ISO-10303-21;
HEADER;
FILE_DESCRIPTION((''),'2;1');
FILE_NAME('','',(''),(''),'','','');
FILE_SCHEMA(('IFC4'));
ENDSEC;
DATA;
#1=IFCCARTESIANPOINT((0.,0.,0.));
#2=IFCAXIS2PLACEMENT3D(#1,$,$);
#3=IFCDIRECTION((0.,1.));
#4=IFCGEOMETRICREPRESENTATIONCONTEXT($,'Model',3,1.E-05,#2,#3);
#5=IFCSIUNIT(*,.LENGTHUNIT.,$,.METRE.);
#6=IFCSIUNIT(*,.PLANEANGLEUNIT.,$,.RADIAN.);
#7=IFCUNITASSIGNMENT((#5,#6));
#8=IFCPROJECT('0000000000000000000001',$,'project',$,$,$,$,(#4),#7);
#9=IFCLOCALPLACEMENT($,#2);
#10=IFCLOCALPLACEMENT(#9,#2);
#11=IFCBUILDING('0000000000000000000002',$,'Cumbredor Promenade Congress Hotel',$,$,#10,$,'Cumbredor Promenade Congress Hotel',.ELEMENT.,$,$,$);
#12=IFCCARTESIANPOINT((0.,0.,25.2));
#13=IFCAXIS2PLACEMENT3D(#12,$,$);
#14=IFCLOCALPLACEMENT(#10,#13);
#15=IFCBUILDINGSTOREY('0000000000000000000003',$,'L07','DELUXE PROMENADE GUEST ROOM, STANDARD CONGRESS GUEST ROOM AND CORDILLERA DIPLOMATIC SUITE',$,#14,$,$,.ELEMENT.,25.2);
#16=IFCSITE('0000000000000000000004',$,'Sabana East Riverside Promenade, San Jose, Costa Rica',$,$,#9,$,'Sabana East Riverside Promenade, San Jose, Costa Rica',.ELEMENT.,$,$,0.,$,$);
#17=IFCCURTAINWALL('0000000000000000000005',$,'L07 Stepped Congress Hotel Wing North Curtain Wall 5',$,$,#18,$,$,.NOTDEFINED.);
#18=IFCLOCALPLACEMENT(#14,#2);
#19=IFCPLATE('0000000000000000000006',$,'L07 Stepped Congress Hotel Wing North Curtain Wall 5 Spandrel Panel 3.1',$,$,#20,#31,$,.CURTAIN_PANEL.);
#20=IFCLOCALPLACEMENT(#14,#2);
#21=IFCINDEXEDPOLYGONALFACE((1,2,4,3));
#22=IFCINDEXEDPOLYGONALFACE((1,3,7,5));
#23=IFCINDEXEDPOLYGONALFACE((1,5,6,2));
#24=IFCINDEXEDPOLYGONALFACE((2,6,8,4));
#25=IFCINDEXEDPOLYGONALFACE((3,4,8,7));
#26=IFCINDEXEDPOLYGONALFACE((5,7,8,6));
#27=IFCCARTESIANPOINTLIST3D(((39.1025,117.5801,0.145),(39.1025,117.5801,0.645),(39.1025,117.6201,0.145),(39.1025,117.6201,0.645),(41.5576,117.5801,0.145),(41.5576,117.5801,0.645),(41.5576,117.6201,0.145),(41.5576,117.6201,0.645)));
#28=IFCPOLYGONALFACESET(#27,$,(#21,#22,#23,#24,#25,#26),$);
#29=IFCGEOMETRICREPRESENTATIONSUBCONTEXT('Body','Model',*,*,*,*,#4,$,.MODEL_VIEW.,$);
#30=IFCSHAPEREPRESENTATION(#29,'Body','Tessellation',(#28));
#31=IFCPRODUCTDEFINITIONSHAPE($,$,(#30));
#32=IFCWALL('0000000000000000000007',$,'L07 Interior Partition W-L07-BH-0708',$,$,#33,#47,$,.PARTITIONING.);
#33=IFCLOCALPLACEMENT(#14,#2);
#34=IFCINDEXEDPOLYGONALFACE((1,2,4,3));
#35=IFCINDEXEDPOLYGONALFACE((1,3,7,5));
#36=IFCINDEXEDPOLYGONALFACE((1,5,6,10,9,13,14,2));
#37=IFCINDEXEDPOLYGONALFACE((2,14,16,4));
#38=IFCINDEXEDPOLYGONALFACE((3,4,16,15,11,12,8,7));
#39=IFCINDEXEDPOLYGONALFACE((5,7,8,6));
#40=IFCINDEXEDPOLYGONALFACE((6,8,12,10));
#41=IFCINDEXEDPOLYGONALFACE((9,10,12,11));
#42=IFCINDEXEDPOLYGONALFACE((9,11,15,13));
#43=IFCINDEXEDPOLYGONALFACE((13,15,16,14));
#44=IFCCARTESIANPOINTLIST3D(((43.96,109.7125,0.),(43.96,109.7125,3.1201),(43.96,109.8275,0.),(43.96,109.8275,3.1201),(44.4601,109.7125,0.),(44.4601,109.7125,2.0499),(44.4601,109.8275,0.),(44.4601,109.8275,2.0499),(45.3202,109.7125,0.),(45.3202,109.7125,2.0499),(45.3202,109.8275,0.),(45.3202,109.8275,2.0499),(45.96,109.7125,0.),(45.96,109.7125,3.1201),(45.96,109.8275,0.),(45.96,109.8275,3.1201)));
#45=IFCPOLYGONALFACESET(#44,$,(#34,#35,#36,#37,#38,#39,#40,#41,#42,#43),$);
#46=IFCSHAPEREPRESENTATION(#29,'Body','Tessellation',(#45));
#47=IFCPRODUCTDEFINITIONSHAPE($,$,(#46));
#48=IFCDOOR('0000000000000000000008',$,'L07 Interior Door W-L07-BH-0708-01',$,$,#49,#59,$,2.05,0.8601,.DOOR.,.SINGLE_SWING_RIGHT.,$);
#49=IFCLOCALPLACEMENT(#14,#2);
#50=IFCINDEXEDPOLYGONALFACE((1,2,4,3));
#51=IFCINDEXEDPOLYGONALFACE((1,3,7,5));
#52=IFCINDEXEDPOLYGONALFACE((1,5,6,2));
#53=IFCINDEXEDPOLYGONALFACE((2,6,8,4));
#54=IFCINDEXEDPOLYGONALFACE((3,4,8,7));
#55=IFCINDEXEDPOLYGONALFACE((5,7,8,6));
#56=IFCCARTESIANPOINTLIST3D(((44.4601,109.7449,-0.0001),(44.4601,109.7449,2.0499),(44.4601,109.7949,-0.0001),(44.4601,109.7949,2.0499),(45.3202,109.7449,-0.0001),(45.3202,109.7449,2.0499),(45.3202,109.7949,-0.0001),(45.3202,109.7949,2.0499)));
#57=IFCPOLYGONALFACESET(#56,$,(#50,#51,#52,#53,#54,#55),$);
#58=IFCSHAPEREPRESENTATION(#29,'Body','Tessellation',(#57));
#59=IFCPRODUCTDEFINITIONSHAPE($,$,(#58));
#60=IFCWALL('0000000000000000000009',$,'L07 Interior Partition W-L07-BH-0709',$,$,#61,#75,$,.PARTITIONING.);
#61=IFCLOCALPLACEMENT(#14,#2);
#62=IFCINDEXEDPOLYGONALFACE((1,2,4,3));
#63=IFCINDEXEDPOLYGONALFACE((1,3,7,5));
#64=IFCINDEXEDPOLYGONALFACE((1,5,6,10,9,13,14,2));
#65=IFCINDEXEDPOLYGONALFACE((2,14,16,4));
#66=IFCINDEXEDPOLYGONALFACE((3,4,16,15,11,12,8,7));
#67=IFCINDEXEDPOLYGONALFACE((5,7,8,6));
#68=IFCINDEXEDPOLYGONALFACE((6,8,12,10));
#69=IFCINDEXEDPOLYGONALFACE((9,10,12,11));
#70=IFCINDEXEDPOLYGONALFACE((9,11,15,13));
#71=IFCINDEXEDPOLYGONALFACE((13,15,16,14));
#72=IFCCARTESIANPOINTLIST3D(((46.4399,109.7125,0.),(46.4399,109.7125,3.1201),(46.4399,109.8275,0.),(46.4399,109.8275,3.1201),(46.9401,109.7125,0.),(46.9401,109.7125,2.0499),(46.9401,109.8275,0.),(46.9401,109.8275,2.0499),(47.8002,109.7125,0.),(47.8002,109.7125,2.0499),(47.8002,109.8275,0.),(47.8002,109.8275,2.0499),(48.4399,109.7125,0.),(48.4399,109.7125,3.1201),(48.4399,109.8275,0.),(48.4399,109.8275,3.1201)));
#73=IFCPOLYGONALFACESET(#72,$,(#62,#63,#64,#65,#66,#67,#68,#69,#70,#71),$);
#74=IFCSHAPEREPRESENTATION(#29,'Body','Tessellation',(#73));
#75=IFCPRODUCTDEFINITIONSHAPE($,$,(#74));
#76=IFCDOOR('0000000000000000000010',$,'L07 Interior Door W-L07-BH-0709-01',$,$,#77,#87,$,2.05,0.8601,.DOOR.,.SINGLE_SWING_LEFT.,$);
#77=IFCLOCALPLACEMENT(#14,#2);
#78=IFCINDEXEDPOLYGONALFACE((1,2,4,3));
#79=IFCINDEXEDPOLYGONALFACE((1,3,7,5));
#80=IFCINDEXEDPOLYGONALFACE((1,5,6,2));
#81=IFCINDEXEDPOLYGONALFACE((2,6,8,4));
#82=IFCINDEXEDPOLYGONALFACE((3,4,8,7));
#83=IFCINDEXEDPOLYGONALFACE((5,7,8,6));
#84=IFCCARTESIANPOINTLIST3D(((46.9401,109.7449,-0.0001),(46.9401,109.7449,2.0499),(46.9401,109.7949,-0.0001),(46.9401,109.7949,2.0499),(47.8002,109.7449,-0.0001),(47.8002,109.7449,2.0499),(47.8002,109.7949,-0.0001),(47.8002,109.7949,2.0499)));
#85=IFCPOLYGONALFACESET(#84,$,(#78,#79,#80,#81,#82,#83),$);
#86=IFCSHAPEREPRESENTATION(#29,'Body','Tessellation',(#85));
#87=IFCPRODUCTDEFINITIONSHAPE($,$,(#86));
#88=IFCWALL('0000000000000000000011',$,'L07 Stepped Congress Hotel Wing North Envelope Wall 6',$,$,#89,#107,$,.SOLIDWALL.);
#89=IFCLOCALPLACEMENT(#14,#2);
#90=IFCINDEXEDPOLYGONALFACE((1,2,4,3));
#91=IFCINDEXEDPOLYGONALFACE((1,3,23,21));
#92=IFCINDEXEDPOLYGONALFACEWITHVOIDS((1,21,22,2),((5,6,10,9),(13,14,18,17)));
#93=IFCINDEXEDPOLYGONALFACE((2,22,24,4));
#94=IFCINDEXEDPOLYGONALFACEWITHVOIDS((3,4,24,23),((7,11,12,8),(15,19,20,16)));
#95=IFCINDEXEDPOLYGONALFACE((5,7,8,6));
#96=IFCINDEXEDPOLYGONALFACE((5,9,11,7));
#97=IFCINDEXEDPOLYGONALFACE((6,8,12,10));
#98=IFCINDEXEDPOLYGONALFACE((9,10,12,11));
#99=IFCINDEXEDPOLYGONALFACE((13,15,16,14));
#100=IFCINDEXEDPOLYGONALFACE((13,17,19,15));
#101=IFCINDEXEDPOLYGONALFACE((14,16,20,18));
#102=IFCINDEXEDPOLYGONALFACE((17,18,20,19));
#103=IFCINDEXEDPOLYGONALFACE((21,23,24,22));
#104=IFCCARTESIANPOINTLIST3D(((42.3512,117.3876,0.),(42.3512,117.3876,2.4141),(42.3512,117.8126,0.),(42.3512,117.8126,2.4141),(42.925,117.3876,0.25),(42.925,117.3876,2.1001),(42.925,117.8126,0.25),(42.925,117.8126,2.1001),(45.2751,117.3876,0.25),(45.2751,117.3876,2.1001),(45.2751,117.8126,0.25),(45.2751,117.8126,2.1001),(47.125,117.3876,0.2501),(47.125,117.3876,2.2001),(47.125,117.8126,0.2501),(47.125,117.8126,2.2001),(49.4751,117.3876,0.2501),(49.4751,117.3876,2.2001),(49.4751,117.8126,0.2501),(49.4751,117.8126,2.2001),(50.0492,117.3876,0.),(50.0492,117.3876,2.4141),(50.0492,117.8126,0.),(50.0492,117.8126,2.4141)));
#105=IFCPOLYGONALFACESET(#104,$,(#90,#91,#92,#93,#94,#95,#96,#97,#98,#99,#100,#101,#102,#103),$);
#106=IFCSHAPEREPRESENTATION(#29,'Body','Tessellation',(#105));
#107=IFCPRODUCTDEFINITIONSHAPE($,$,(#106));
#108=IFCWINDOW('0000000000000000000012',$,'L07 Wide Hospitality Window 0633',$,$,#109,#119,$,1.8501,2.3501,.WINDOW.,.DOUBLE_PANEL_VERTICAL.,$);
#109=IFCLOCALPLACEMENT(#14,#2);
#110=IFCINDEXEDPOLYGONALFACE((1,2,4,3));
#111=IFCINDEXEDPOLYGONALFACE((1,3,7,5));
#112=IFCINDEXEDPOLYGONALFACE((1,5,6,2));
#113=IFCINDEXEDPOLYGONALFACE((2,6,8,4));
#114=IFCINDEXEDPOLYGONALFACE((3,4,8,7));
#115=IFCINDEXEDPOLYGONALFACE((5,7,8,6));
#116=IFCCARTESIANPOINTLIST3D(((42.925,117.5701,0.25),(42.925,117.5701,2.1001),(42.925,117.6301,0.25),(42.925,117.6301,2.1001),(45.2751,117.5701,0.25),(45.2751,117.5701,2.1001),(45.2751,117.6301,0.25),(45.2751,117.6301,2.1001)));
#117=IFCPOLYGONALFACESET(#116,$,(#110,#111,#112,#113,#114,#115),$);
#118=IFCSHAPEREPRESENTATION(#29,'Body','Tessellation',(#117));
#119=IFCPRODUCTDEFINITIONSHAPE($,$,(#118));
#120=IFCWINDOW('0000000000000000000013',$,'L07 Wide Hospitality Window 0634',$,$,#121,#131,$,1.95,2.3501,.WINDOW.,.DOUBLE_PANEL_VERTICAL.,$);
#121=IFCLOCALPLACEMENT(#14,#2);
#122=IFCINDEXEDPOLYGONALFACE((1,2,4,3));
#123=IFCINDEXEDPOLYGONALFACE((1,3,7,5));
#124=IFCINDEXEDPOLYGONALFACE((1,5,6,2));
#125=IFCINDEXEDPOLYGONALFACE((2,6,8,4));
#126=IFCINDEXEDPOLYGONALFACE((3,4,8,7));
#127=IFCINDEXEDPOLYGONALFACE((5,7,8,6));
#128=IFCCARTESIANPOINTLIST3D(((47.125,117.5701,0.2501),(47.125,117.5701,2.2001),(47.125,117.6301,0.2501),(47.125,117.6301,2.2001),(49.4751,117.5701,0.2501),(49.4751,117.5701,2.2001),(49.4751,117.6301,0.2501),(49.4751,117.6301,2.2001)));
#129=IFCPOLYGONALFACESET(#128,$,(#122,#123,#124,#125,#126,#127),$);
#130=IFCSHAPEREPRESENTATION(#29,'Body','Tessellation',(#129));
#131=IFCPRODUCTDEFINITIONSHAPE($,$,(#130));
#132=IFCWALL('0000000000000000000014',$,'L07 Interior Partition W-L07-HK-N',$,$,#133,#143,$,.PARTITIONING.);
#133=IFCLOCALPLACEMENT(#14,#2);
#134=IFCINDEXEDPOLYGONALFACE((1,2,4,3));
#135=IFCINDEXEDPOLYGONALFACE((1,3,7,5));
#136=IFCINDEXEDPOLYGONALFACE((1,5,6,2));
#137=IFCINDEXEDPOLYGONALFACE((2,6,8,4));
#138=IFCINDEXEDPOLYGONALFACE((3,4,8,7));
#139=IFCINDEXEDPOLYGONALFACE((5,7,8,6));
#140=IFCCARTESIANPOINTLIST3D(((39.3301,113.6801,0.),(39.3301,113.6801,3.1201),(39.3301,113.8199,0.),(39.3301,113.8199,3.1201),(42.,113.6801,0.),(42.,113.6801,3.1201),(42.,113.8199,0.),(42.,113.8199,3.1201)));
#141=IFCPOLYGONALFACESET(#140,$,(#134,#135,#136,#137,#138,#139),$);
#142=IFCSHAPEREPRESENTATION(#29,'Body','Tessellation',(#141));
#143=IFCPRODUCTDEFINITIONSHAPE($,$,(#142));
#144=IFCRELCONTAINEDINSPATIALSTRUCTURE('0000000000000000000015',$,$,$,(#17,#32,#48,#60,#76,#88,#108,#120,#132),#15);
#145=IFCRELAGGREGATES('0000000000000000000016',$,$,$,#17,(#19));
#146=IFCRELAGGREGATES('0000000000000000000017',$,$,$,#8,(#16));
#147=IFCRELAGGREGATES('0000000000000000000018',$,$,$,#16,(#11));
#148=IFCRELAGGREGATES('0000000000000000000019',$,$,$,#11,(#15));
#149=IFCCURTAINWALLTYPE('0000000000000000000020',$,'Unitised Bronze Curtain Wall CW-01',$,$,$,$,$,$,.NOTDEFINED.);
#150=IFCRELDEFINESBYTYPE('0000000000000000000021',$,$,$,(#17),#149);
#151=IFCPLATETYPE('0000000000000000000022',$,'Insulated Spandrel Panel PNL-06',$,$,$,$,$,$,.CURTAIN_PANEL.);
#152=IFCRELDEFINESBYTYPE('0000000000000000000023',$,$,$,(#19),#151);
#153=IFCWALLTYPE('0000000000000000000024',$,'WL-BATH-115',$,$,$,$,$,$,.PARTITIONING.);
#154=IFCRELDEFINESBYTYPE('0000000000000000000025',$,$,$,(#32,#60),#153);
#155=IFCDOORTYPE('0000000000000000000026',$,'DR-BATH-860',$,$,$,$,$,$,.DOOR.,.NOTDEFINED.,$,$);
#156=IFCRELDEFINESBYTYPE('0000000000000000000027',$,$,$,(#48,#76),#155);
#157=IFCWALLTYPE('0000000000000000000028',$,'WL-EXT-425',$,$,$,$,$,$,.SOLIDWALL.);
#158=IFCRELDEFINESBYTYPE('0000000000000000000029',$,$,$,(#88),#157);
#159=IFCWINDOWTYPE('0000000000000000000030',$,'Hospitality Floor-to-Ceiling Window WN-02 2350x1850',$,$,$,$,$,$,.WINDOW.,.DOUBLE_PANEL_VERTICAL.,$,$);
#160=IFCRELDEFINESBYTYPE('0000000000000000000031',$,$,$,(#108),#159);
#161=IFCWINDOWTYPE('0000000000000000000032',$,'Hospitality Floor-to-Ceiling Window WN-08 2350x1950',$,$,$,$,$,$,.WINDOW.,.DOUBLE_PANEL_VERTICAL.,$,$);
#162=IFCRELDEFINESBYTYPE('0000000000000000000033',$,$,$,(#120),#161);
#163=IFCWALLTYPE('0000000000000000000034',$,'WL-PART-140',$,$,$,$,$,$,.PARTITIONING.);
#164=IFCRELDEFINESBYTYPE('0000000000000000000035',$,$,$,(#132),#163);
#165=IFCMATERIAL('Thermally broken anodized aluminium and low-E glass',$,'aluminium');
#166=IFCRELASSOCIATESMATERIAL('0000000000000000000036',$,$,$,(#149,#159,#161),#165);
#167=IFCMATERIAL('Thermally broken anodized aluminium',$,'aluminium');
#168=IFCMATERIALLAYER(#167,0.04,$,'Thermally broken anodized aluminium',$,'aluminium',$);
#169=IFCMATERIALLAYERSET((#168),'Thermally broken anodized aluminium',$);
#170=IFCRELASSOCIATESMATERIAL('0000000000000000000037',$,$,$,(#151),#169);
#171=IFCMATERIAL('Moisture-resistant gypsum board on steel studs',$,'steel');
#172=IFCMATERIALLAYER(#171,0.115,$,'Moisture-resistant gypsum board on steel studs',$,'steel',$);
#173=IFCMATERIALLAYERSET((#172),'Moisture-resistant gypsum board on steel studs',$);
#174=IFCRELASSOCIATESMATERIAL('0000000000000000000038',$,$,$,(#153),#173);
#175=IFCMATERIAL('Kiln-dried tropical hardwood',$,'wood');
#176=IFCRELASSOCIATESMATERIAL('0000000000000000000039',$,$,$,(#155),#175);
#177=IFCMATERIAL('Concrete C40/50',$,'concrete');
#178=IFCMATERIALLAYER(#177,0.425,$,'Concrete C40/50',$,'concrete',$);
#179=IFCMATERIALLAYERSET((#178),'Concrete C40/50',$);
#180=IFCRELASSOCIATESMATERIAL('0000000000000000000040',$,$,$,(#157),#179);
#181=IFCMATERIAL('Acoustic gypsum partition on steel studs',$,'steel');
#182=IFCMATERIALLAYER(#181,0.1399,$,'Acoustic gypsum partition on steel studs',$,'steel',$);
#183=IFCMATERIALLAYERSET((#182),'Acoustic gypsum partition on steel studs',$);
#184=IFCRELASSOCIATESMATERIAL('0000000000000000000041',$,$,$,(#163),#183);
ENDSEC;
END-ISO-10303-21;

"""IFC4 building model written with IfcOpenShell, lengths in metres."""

from ifc_helpers import new_model, si_unit, direction, frame, frame_2d, origin, origin_2d, place, context, subcontext, project, spatial, rectangle, extrude, material, layer, layer_set, type_object, element, fill, aggregate, save


model = new_model("IFC4")

# Units and contexts
model_context = context("Model", 3, precision=1e-05, world=origin(), true_north=direction((0.0, 1.0)))
body_context = subcontext(model_context, "Body", "Model", "MODEL_VIEW")
ifc_project = project(units=[si_unit("LENGTHUNIT", "METRE"), si_unit("PLANEANGLEUNIT", "RADIAN")], contexts=[model_context])

# Site, building, storey
site_placement = place(None, origin())
site = spatial("IfcSite", under=ifc_project, at=site_placement, Name="Sabana East Riverside Promenade, San Jose, Costa Rica", LongName="Sabana East Riverside Promenade, San Jose, Costa Rica", CompositionType="ELEMENT", RefElevation=0.0)
building_placement = place(site_placement, origin())
building = spatial("IfcBuilding", under=site, at=building_placement, Name="Cumbredor Promenade Congress Hotel", LongName="Cumbredor Promenade Congress Hotel", CompositionType="ELEMENT")
storey_placement = place(building_placement, frame((0.0, 0.0, 25.2)))
storey = spatial("IfcBuildingStorey", under=building, at=storey_placement, Name="L07", Description="DELUXE PROMENADE GUEST ROOM, STANDARD CONGRESS GUEST ROOM AND CORDILLERA DIPLOMATIC SUITE", CompositionType="ELEMENT", Elevation=25.2)

# Shared definitions
ifc_material_1 = material(Name="Concrete C40/50", Category="concrete")

# Curtain wall
ifc_material_2 = material(Name="Thermally broken anodized aluminium and low-E glass", Category="aluminium")
curtain_wall_type_1 = type_object("IfcCurtainWallType", Name="Unitised Bronze Curtain Wall CW-01", PredefinedType="NOTDEFINED", material=ifc_material_2)
curtain_wall_1_placement = place(storey_placement, origin())
curtain_wall_1 = element("IfcCurtainWall", 1, at=curtain_wall_1_placement, inside=storey, type_object=curtain_wall_type_1, Name="L07 Stepped Congress Hotel Wing North Curtain Wall 5", PredefinedType="NOTDEFINED")
ifc_material_3 = material(Name="Thermally broken anodized aluminium", Category="aluminium")

# Shared definitions
ifc_material_4 = material(Name="Kiln-dried tropical hardwood", Category="wood")

# Plate
ifc_layer_1 = layer(ifc_material_3, 0.04, Name="Thermally broken anodized aluminium", Category="aluminium")
ifc_layer_set_1 = layer_set([ifc_layer_1], Name="Thermally broken anodized aluminium")
plate_type_1 = type_object("IfcPlateType", Name="Insulated Spandrel Panel PNL-06", PredefinedType="CURTAIN_PANEL", material=ifc_layer_set_1)
plate_1_placement = place(storey_placement, frame((40.3301, 117.6001, 0.145), z_axis=(0.0, 0.0, 1.0), x_axis=(1.0, 0.0, 0.0)))
plate_1 = element("IfcPlate", 2, at=plate_1_placement, type_object=plate_type_1, Name="L07 Stepped Congress Hotel Wing North Curtain Wall 5 Spandrel Panel 3.1", PredefinedType="CURTAIN_PANEL", context=body_context, shape_type="SweptSolid", body=[
    extrude(rectangle(XDim=2.4551, YDim=0.04, at=origin_2d()), origin(), (0.0, 0.0, 1.0), 0.5),
])
aggregate(curtain_wall_1, [plate_1])

# Walls, openings, doors
ifc_material_5 = material(Name="Moisture-resistant gypsum board on steel studs", Category="steel")
ifc_layer_2 = layer(ifc_material_5, 0.115, Name="Moisture-resistant gypsum board on steel studs", Category="steel")
ifc_layer_set_2 = layer_set([ifc_layer_2], Name="Moisture-resistant gypsum board on steel studs")
wall_type_1 = type_object("IfcWallType", Name="WL-BATH-115", PredefinedType="PARTITIONING", material=ifc_layer_set_2)
wall_1_placement = place(storey_placement, frame((43.96, 109.77, 0.0), z_axis=(0.0, 0.0, 1.0), x_axis=(1.0, 0.0, 0.0)))
wall_1 = element("IfcWall", 3, at=wall_1_placement, inside=storey, type_object=wall_type_1, Name="L07 Interior Partition W-L07-BH-0708", PredefinedType="PARTITIONING", context=body_context, shape_type="SweptSolid", body=[
    extrude(rectangle(XDim=2.0, YDim=0.115, at=frame_2d((1.0, 0.0))), origin(), (0.0, 0.0, 1.0), 3.1201),
])
opening_1_placement = place(wall_1_placement, frame((0.5, 0.0, 0.0)))
opening_1 = element("IfcOpeningElement", 4, at=opening_1_placement, cuts=wall_1, PredefinedType="OPENING", context=body_context, shape_type="SweptSolid", body=[
    extrude(rectangle(XDim=0.8601, YDim=2.05, at=frame_2d((0.4302, 1.0249))), frame((0.0, 0.0674, 0.0), z_axis=(0.0, -1.0, 0.0), x_axis=(1.0, 0.0, 0.0)), (0.0, 0.0, 1.0), 0.135),
])
door_type = type_object("IfcDoorType", Name="DR-BATH-860", OperationType="NOTDEFINED", PredefinedType="DOOR", material=ifc_material_4)
door_1_placement = place(opening_1_placement, origin())
door_1 = element("IfcDoor", 5, at=door_1_placement, inside=storey, type_object=door_type, Name="L07 Interior Door W-L07-BH-0708-01", OperationType="SINGLE_SWING_RIGHT", OverallHeight=2.05, OverallWidth=0.8601, PredefinedType="DOOR", context=body_context, shape_type="SweptSolid", body=[
    extrude(rectangle(XDim=0.8601, YDim=2.05, at=frame_2d((0.4302, 1.0249))), frame((0.0, 0.0249, 0.0), z_axis=(0.0, -1.0, 0.0), x_axis=(1.0, 0.0, 0.0)), (0.0, 0.0, 1.0), 0.05),
])
fill(opening_1, door_1)
wall_2_placement = place(storey_placement, frame((46.4399, 109.77, 0.0), z_axis=(0.0, 0.0, 1.0), x_axis=(1.0, 0.0, 0.0)))
wall_2 = element("IfcWall", 6, at=wall_2_placement, inside=storey, type_object=wall_type_1, Name="L07 Interior Partition W-L07-BH-0709", PredefinedType="PARTITIONING", context=body_context, shape_type="SweptSolid", body=[
    extrude(rectangle(XDim=2.0, YDim=0.115, at=frame_2d((1.0, 0.0))), origin(), (0.0, 0.0, 1.0), 3.1201),
])
opening_2_placement = place(wall_2_placement, frame((0.5, 0.0, 0.0)))
opening_2 = element("IfcOpeningElement", 7, at=opening_2_placement, cuts=wall_2, PredefinedType="OPENING", context=body_context, shape_type="SweptSolid", body=[
    extrude(rectangle(XDim=0.8601, YDim=2.05, at=frame_2d((0.4302, 1.0249))), frame((0.0, 0.0674, 0.0), z_axis=(0.0, -1.0, 0.0), x_axis=(1.0, 0.0, 0.0)), (0.0, 0.0, 1.0), 0.135),
])
door_2_placement = place(opening_2_placement, origin())
door_2 = element("IfcDoor", 8, at=door_2_placement, inside=storey, type_object=door_type, Name="L07 Interior Door W-L07-BH-0709-01", OperationType="SINGLE_SWING_LEFT", OverallHeight=2.05, OverallWidth=0.8601, PredefinedType="DOOR", context=body_context, shape_type="SweptSolid", body=[
    extrude(rectangle(XDim=0.8601, YDim=2.05, at=frame_2d((0.4302, 1.0249))), frame((0.0, 0.0249, 0.0), z_axis=(0.0, -1.0, 0.0), x_axis=(1.0, 0.0, 0.0)), (0.0, 0.0, 1.0), 0.05),
])
fill(opening_2, door_2)

# Wall, openings, windows
ifc_layer_3 = layer(ifc_material_1, 0.425, Name="Concrete C40/50", Category="concrete")
ifc_layer_set_3 = layer_set([ifc_layer_3], Name="Concrete C40/50")
wall_type_2 = type_object("IfcWallType", Name="WL-EXT-425", PredefinedType="SOLIDWALL", material=ifc_layer_set_3)
wall_3_placement = place(storey_placement, frame((42.3511, 117.6001, 0.0), z_axis=(0.0, 0.0, 1.0), x_axis=(1.0, 0.0, 0.0)))
wall_3 = element("IfcWall", 9, at=wall_3_placement, inside=storey, type_object=wall_type_2, Name="L07 Stepped Congress Hotel Wing North Envelope Wall 6", PredefinedType="SOLIDWALL", context=body_context, shape_type="SweptSolid", body=[
    extrude(rectangle(XDim=7.698, YDim=0.425, at=frame_2d((3.8491, 0.0))), origin(), (0.0, 0.0, 1.0), 2.4141),
])
opening_3_placement = place(wall_3_placement, frame((0.574, 0.0, 0.25)))
opening_3 = element("IfcOpeningElement", 10, at=opening_3_placement, cuts=wall_3, PredefinedType="OPENING", context=body_context, shape_type="SweptSolid", body=[
    extrude(rectangle(XDim=2.3501, YDim=1.8501, at=frame_2d((1.175, 0.925))), frame((0.0, 0.2227, 0.0), z_axis=(0.0, -1.0, 0.0), x_axis=(1.0, 0.0, 0.0)), (0.0, 0.0, 1.0), 0.4451),
])
opening_4_placement = place(wall_3_placement, frame((4.7739, 0.0, 0.25)))
opening_4 = element("IfcOpeningElement", 11, at=opening_4_placement, cuts=wall_3, PredefinedType="OPENING", context=body_context, shape_type="SweptSolid", body=[
    extrude(rectangle(XDim=2.3501, YDim=1.95, at=frame_2d((1.175, 0.9751))), frame((0.0, 0.2227, 0.0), z_axis=(0.0, -1.0, 0.0), x_axis=(1.0, 0.0, 0.0)), (0.0, 0.0, 1.0), 0.4451),
])
window_type_1 = type_object("IfcWindowType", Name="Hospitality Floor-to-Ceiling Window WN-02 2350x1850", PartitioningType="DOUBLE_PANEL_VERTICAL", PredefinedType="WINDOW", material=ifc_material_2)
window_1_placement = place(opening_3_placement, origin())
window_1 = element("IfcWindow", 12, at=window_1_placement, inside=storey, type_object=window_type_1, Name="L07 Wide Hospitality Window 0633", OverallHeight=1.8501, OverallWidth=2.3501, PartitioningType="DOUBLE_PANEL_VERTICAL", PredefinedType="WINDOW", context=body_context, shape_type="SweptSolid", body=[
    extrude(rectangle(XDim=2.3501, YDim=1.8501, at=frame_2d((1.175, 0.925))), frame((0.0, 0.03, 0.0), z_axis=(0.0, -1.0, 0.0), x_axis=(1.0, 0.0, 0.0)), (0.0, 0.0, 1.0), 0.0601),
])
fill(opening_3, window_1)
window_type_2 = type_object("IfcWindowType", Name="Hospitality Floor-to-Ceiling Window WN-08 2350x1950", PartitioningType="DOUBLE_PANEL_VERTICAL", PredefinedType="WINDOW", material=ifc_material_2)
window_2_placement = place(opening_4_placement, origin())
window_2 = element("IfcWindow", 13, at=window_2_placement, inside=storey, type_object=window_type_2, Name="L07 Wide Hospitality Window 0634", OverallHeight=1.95, OverallWidth=2.3501, PartitioningType="DOUBLE_PANEL_VERTICAL", PredefinedType="WINDOW", context=body_context, shape_type="SweptSolid", body=[
    extrude(rectangle(XDim=2.3501, YDim=1.95, at=frame_2d((1.175, 0.9751))), frame((0.0, 0.03, 0.0), z_axis=(0.0, -1.0, 0.0), x_axis=(1.0, 0.0, 0.0)), (0.0, 0.0, 1.0), 0.0601),
])
fill(opening_4, window_2)

# Wall
ifc_material_6 = material(Name="Acoustic gypsum partition on steel studs", Category="steel")
ifc_layer_4 = layer(ifc_material_6, 0.1399, Name="Acoustic gypsum partition on steel studs", Category="steel")
ifc_layer_set_4 = layer_set([ifc_layer_4], Name="Acoustic gypsum partition on steel studs")
wall_type_3 = type_object("IfcWallType", Name="WL-PART-140", PredefinedType="PARTITIONING", material=ifc_layer_set_4)
wall_4_placement = place(storey_placement, frame((39.3301, 113.75, 0.0), z_axis=(0.0, 0.0, 1.0), x_axis=(1.0, 0.0, 0.0)))
element("IfcWall", 14, at=wall_4_placement, inside=storey, type_object=wall_type_3, Name="L07 Interior Partition W-L07-HK-N", PredefinedType="PARTITIONING", context=body_context, shape_type="SweptSolid", body=[
    extrude(rectangle(XDim=2.6699, YDim=0.1399, at=frame_2d((1.335, 0.0))), origin(), (0.0, 0.0, 1.0), 3.1201),
])

save(model, "model.ifc")
